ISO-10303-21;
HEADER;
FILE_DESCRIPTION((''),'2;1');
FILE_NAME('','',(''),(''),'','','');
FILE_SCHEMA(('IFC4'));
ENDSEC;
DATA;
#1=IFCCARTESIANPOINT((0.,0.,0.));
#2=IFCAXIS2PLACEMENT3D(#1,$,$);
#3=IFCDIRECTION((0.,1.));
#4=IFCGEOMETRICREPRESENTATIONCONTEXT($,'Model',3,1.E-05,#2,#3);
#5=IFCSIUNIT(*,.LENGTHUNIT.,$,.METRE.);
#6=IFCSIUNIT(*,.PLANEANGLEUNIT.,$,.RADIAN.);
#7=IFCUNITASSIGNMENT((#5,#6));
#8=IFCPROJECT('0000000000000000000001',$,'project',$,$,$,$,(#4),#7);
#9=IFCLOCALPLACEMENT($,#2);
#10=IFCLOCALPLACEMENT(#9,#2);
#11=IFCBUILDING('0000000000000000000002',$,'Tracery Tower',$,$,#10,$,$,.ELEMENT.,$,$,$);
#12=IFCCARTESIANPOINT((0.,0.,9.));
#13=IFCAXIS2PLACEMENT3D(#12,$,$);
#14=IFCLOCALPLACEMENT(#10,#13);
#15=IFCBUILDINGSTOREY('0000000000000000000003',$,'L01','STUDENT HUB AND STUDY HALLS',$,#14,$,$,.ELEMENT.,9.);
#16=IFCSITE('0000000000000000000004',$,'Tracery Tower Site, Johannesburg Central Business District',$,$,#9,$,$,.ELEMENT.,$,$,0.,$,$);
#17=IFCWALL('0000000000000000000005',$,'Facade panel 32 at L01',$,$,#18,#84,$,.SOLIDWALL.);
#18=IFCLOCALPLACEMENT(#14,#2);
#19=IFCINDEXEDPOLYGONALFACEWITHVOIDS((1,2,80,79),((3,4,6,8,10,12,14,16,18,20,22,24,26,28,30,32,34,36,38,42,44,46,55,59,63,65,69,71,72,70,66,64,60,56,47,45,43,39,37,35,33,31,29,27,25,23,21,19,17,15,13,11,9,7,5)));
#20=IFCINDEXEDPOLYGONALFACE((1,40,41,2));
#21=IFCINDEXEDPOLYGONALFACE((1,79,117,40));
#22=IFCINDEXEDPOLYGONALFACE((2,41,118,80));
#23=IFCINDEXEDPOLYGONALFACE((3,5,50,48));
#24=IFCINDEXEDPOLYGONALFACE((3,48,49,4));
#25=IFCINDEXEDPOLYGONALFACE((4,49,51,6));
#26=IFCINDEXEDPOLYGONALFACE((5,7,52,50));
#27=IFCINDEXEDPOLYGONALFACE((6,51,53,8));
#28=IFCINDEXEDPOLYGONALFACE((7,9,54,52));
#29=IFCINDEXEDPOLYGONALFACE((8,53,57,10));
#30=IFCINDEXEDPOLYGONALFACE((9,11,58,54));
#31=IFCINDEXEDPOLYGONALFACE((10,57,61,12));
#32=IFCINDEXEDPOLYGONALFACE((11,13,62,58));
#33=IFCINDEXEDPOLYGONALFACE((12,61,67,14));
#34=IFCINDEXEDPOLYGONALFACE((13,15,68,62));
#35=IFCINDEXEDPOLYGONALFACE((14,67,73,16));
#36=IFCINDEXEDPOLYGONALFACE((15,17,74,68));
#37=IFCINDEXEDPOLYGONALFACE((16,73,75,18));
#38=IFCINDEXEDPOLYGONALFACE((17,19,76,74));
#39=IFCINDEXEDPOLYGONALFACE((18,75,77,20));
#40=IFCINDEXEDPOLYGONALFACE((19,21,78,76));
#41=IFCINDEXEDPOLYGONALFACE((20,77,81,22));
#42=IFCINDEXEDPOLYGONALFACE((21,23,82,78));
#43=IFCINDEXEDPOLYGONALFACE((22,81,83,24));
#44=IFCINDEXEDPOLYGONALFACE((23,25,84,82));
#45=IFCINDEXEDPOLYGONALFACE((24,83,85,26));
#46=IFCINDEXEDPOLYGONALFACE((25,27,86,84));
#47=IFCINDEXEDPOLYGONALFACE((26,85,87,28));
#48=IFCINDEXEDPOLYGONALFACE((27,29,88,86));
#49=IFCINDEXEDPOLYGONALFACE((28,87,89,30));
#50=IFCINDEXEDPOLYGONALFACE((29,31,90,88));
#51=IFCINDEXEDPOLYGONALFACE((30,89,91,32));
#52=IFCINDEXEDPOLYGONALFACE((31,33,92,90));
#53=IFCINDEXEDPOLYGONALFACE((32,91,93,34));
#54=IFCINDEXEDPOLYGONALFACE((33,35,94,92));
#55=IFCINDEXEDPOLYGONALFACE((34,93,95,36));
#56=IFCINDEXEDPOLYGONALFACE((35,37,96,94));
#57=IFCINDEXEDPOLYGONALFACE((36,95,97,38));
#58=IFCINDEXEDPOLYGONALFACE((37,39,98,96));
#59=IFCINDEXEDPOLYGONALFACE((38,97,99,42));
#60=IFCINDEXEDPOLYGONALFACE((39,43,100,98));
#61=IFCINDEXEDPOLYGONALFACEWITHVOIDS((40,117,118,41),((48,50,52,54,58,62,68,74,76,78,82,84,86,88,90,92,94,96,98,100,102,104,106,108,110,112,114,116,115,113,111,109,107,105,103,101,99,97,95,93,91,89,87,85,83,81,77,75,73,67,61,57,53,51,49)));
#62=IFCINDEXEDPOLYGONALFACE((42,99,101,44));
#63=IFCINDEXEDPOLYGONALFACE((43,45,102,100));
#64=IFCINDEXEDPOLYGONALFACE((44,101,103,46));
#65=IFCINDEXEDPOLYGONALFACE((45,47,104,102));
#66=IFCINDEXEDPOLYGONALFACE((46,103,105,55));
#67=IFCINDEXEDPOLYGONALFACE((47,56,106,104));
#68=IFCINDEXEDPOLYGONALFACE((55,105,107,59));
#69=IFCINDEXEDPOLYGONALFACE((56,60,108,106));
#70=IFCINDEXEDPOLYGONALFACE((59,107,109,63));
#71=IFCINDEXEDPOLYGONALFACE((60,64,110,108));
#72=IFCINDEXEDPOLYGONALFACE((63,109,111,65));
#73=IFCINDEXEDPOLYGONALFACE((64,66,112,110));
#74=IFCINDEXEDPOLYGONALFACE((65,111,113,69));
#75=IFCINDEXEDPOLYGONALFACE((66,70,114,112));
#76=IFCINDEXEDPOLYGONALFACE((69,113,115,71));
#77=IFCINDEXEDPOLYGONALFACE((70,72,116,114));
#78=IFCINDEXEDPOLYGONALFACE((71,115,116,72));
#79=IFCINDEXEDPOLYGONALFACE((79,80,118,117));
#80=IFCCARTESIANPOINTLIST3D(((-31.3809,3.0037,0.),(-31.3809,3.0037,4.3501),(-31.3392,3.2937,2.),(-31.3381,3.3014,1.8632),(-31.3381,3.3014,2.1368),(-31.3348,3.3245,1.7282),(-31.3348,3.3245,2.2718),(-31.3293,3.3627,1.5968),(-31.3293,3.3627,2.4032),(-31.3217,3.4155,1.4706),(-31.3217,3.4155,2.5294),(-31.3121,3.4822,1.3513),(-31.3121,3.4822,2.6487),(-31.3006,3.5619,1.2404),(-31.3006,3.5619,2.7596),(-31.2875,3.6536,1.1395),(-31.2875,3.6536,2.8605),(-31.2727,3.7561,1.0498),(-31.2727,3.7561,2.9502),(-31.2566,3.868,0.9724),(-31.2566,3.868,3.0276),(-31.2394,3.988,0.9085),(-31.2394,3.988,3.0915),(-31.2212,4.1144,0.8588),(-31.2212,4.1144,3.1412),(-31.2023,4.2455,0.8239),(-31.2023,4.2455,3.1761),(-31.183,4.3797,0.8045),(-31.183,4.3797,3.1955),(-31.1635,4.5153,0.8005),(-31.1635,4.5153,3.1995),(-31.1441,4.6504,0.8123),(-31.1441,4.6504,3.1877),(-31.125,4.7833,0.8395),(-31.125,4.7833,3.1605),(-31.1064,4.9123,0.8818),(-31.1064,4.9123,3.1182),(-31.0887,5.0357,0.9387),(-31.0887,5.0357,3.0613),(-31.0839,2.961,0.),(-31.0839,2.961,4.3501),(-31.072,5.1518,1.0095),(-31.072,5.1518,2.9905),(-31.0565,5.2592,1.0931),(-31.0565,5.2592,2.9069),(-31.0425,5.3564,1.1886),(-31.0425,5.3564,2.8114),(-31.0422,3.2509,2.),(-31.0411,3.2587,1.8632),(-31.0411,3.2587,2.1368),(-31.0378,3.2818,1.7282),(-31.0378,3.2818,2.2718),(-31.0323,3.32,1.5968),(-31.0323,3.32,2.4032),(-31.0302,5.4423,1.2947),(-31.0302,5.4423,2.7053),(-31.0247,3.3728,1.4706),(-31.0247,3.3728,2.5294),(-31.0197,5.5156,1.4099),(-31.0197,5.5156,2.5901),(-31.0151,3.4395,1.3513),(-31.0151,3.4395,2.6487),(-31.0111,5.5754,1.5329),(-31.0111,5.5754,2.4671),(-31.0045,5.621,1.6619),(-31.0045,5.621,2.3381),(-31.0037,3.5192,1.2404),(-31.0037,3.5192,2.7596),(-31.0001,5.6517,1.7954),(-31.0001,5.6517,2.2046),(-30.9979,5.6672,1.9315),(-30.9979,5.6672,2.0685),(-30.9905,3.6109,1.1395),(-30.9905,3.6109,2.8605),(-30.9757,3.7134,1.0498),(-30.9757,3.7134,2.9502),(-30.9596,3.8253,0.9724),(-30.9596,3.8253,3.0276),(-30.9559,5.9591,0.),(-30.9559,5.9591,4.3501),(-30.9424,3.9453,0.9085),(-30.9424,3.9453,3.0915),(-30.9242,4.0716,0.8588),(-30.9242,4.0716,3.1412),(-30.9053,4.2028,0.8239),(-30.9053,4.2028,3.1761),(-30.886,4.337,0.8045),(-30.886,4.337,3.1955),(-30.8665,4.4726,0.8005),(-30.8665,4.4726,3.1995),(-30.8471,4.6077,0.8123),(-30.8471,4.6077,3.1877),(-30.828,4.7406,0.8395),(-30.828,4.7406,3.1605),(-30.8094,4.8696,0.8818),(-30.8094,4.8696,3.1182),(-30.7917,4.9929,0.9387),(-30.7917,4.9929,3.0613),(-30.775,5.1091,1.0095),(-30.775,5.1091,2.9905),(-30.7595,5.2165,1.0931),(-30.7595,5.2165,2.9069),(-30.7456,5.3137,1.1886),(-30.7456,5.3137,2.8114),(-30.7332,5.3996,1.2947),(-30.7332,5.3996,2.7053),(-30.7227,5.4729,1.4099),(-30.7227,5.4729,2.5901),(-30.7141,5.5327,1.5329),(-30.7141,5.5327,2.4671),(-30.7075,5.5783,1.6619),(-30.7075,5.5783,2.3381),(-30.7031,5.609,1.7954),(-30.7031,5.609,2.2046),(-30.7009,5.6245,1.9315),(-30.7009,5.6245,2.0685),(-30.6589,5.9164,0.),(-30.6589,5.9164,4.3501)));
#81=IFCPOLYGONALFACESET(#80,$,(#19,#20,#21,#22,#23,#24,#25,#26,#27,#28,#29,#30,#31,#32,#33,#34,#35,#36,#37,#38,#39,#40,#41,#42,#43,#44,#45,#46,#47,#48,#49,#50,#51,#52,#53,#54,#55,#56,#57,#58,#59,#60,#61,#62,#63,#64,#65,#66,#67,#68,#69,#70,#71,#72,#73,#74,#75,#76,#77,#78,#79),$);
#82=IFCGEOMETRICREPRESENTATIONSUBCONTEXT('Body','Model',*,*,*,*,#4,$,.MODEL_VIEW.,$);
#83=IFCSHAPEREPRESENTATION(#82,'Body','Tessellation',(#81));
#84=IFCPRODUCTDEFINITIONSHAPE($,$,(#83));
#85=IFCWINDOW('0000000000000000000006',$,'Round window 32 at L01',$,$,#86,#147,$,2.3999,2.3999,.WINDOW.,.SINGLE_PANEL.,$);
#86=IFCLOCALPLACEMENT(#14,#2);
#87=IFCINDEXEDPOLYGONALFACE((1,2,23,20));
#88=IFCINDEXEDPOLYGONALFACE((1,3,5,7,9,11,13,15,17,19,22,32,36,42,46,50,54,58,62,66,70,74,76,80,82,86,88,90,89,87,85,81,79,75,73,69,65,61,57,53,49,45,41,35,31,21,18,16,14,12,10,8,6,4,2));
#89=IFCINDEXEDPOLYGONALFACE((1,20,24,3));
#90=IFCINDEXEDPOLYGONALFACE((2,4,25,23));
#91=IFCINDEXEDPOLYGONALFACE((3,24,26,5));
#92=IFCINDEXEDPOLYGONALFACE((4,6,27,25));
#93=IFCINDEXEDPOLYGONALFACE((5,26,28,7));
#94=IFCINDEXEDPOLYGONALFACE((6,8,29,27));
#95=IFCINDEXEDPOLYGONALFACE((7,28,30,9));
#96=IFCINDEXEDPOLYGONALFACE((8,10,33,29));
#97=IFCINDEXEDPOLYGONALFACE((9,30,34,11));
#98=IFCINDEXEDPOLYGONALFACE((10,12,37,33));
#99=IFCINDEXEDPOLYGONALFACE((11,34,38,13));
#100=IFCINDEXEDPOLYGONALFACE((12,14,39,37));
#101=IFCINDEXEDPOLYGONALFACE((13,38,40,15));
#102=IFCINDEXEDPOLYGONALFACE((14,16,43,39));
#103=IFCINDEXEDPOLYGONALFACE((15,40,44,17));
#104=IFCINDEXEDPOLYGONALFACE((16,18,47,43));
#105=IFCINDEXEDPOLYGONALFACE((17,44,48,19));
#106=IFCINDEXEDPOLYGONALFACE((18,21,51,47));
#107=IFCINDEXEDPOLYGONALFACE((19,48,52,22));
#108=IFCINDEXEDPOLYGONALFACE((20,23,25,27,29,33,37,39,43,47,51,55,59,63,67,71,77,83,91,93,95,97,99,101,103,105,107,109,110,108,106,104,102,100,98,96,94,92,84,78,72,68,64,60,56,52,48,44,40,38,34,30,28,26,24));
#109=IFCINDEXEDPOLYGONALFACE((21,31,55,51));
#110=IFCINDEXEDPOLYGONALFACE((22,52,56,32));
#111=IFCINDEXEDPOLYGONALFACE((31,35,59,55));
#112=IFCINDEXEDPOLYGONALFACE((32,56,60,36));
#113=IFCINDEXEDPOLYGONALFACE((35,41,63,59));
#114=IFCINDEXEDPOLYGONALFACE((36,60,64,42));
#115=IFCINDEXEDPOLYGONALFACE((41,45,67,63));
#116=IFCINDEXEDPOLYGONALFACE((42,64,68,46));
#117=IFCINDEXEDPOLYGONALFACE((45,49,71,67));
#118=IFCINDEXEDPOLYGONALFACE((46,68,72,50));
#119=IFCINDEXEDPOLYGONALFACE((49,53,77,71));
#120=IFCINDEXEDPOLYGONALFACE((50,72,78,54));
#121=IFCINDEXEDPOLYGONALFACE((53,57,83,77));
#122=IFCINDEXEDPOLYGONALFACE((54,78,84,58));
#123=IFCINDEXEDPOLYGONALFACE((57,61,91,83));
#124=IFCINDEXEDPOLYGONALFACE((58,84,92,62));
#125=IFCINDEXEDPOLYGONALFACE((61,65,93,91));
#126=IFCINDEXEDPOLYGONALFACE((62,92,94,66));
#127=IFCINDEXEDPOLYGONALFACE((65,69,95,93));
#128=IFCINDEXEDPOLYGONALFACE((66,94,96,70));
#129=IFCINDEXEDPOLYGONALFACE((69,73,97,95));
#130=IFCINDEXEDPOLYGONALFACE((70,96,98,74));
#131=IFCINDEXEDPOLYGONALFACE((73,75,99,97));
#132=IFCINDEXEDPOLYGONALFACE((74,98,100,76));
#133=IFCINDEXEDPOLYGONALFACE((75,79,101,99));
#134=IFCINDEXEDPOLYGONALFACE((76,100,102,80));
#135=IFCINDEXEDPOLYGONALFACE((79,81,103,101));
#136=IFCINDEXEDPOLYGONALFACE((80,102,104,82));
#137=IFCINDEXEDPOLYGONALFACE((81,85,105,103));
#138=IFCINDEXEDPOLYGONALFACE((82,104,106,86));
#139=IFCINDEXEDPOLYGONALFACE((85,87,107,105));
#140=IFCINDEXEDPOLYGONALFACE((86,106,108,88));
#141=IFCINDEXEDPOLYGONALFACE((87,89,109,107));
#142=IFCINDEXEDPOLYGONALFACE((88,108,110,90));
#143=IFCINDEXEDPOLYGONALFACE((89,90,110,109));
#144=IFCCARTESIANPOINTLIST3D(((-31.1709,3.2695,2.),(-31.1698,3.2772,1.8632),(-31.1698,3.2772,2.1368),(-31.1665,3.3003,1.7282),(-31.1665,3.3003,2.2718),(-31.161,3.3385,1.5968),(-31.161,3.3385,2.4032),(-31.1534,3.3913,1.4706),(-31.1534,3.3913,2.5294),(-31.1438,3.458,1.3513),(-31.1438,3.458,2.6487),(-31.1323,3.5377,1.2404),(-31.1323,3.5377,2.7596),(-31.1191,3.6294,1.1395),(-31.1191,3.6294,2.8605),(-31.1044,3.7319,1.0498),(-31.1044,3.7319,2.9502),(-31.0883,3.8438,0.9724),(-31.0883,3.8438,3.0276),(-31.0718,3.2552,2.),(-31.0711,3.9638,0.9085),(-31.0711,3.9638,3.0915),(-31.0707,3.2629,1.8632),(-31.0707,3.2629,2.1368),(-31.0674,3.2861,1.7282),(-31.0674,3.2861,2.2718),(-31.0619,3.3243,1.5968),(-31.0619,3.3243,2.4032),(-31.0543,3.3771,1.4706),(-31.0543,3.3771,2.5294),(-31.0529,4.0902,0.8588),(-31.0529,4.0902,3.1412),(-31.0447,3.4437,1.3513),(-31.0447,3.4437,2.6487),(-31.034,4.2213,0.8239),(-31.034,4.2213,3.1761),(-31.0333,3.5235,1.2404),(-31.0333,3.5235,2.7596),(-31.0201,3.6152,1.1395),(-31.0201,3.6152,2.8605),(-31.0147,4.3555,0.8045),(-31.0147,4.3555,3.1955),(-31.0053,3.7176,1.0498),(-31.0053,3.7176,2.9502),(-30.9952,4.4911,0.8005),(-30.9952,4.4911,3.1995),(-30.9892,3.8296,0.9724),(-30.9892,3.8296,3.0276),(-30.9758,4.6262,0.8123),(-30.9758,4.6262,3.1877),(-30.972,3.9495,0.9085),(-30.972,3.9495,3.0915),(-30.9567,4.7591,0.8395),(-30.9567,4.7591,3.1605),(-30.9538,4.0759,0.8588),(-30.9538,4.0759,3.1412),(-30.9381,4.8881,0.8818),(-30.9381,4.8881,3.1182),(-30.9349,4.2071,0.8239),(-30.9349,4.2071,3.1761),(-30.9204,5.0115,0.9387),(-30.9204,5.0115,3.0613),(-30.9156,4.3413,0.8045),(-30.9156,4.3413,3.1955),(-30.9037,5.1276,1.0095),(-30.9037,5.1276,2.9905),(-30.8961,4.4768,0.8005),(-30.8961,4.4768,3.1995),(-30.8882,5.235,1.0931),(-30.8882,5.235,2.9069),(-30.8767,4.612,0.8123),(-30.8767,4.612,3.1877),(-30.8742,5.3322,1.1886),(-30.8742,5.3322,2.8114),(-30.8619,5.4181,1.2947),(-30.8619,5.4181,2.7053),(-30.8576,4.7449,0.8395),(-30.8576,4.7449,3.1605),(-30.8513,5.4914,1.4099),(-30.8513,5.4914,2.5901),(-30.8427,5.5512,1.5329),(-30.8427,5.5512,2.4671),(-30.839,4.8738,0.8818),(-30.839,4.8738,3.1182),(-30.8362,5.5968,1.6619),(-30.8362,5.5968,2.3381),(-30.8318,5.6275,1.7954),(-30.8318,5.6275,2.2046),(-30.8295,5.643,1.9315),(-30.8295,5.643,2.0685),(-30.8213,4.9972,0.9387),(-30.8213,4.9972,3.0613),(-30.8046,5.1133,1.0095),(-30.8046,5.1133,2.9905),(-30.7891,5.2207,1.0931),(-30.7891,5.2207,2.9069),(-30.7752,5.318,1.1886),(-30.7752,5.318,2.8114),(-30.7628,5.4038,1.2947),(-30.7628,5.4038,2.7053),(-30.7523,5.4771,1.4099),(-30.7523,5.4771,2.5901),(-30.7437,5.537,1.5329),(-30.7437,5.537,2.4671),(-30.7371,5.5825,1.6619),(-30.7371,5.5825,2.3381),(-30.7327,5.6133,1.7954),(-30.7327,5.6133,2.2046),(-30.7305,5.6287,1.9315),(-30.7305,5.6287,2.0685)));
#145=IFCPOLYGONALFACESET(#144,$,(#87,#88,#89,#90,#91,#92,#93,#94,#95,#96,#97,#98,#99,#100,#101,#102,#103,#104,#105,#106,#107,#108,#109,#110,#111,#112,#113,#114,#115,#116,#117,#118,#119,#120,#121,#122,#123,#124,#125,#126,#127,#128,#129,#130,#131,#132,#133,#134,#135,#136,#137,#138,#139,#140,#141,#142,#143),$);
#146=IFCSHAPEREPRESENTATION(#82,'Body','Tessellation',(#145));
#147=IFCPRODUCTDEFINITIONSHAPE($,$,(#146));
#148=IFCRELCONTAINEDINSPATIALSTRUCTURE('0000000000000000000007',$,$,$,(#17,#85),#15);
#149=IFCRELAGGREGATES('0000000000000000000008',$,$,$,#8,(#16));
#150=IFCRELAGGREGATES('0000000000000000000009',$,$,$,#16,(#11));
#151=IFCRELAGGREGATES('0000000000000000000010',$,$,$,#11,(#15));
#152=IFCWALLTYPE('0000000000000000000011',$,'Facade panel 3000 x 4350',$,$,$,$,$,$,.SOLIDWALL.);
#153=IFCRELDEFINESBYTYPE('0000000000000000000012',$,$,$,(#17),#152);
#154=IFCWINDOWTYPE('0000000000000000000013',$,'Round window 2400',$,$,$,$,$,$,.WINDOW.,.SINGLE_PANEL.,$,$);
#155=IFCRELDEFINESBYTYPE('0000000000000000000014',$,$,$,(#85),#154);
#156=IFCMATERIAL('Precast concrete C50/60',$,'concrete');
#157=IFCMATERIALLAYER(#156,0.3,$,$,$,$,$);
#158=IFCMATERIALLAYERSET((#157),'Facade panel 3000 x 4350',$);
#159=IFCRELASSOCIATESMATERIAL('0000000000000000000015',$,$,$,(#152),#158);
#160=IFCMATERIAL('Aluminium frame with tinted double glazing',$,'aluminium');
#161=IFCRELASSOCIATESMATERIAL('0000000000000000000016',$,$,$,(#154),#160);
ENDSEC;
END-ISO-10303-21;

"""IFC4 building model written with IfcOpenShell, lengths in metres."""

from ifc_helpers import new_model, si_unit, direction, frame, frame_2d, origin, origin_2d, place, context, subcontext, project, spatial, rectangle, circle, extrude, material, layer, layer_set, type_object, element, fill, save


model = new_model("IFC4")

# Units and contexts
model_context = context("Model", 3, precision=1e-05, world=origin(), true_north=direction((0.0, 1.0)))
body_context = subcontext(model_context, "Body", "Model", "MODEL_VIEW")
ifc_project = project(units=[si_unit("LENGTHUNIT", "METRE"), si_unit("PLANEANGLEUNIT", "RADIAN")], contexts=[model_context])

# Site, building, storey
site_placement = place(None, origin())
site = spatial("IfcSite", under=ifc_project, at=site_placement, Name="Tracery Tower Site, Johannesburg Central Business District", CompositionType="ELEMENT", RefElevation=0.0)
building_placement = place(site_placement, origin())
building = spatial("IfcBuilding", under=site, at=building_placement, Name="Tracery Tower", CompositionType="ELEMENT")
storey_placement = place(building_placement, frame((0.0, 0.0, 9.0)))
storey = spatial("IfcBuildingStorey", under=building, at=storey_placement, Name="L01", Description="STUDENT HUB AND STUDY HALLS", CompositionType="ELEMENT", Elevation=9.0)

# Wall, opening, window
ifc_material_1 = material(Name="Precast concrete C50/60", Category="concrete")
ifc_layer_1 = layer(ifc_material_1, 0.3)
ifc_layer_set_1 = layer_set([ifc_layer_1], Name="Facade panel 3000 x 4350")
wall_type_1 = type_object("IfcWallType", Name="Facade panel 3000 x 4350", PredefinedType="SOLIDWALL", material=ifc_layer_set_1)
ifc_material_2 = material(Name="Aluminium frame with tinted double glazing", Category="aluminium")
window_type = type_object("IfcWindowType", Name="Round window 2400", PartitioningType="SINGLE_PANEL", PredefinedType="WINDOW", material=ifc_material_2)
wall_1_placement = place(storey_placement, frame((-30.8074, 5.9377, 0.0), z_axis=(0.0, 0.0, 1.0), x_axis=(-0.14236, -0.989815, 0.0)))
wall_1 = element("IfcWall", 1, at=wall_1_placement, inside=storey, type_object=wall_type_1, Name="Facade panel 32 at L01", PredefinedType="SOLIDWALL", context=body_context, shape_type="SweptSolid", body=[
    extrude(rectangle(XDim=2.9858, YDim=0.3, at=frame_2d((1.4929, 0.0))), origin(), (0.0, 0.0, 1.0), 4.3501),
])
opening_1_placement = place(wall_1_placement, frame((1.4929, 0.0, 2.0)))
opening_1 = element("IfcOpeningElement", 2, at=opening_1_placement, cuts=wall_1, PredefinedType="OPENING", context=body_context, shape_type="SweptSolid", body=[
    extrude(circle(Radius=1.2, at=origin_2d()), frame((0.0, 0.1599, 0.0), z_axis=(0.0, -1.0, 0.0), x_axis=(1.0, 0.0, 0.0)), (0.0, 0.0, 1.0), 0.3201),
])
window_1_placement = place(opening_1_placement, origin())
window_1 = element("IfcWindow", 3, at=window_1_placement, inside=storey, type_object=window_type, Name="Round window 32 at L01", OverallHeight=2.3999, OverallWidth=2.3999, PartitioningType="SINGLE_PANEL", PredefinedType="WINDOW", context=body_context, shape_type="SweptSolid", body=[
    extrude(circle(Radius=1.2, at=origin_2d()), frame((0.0, 0.1201, 0.0), z_axis=(0.0, -1.0, 0.0), x_axis=(1.0, 0.0, 0.0)), (0.0, 0.0, 1.0), 0.1001),
])
fill(opening_1, window_1)

save(model, "model.ifc")
